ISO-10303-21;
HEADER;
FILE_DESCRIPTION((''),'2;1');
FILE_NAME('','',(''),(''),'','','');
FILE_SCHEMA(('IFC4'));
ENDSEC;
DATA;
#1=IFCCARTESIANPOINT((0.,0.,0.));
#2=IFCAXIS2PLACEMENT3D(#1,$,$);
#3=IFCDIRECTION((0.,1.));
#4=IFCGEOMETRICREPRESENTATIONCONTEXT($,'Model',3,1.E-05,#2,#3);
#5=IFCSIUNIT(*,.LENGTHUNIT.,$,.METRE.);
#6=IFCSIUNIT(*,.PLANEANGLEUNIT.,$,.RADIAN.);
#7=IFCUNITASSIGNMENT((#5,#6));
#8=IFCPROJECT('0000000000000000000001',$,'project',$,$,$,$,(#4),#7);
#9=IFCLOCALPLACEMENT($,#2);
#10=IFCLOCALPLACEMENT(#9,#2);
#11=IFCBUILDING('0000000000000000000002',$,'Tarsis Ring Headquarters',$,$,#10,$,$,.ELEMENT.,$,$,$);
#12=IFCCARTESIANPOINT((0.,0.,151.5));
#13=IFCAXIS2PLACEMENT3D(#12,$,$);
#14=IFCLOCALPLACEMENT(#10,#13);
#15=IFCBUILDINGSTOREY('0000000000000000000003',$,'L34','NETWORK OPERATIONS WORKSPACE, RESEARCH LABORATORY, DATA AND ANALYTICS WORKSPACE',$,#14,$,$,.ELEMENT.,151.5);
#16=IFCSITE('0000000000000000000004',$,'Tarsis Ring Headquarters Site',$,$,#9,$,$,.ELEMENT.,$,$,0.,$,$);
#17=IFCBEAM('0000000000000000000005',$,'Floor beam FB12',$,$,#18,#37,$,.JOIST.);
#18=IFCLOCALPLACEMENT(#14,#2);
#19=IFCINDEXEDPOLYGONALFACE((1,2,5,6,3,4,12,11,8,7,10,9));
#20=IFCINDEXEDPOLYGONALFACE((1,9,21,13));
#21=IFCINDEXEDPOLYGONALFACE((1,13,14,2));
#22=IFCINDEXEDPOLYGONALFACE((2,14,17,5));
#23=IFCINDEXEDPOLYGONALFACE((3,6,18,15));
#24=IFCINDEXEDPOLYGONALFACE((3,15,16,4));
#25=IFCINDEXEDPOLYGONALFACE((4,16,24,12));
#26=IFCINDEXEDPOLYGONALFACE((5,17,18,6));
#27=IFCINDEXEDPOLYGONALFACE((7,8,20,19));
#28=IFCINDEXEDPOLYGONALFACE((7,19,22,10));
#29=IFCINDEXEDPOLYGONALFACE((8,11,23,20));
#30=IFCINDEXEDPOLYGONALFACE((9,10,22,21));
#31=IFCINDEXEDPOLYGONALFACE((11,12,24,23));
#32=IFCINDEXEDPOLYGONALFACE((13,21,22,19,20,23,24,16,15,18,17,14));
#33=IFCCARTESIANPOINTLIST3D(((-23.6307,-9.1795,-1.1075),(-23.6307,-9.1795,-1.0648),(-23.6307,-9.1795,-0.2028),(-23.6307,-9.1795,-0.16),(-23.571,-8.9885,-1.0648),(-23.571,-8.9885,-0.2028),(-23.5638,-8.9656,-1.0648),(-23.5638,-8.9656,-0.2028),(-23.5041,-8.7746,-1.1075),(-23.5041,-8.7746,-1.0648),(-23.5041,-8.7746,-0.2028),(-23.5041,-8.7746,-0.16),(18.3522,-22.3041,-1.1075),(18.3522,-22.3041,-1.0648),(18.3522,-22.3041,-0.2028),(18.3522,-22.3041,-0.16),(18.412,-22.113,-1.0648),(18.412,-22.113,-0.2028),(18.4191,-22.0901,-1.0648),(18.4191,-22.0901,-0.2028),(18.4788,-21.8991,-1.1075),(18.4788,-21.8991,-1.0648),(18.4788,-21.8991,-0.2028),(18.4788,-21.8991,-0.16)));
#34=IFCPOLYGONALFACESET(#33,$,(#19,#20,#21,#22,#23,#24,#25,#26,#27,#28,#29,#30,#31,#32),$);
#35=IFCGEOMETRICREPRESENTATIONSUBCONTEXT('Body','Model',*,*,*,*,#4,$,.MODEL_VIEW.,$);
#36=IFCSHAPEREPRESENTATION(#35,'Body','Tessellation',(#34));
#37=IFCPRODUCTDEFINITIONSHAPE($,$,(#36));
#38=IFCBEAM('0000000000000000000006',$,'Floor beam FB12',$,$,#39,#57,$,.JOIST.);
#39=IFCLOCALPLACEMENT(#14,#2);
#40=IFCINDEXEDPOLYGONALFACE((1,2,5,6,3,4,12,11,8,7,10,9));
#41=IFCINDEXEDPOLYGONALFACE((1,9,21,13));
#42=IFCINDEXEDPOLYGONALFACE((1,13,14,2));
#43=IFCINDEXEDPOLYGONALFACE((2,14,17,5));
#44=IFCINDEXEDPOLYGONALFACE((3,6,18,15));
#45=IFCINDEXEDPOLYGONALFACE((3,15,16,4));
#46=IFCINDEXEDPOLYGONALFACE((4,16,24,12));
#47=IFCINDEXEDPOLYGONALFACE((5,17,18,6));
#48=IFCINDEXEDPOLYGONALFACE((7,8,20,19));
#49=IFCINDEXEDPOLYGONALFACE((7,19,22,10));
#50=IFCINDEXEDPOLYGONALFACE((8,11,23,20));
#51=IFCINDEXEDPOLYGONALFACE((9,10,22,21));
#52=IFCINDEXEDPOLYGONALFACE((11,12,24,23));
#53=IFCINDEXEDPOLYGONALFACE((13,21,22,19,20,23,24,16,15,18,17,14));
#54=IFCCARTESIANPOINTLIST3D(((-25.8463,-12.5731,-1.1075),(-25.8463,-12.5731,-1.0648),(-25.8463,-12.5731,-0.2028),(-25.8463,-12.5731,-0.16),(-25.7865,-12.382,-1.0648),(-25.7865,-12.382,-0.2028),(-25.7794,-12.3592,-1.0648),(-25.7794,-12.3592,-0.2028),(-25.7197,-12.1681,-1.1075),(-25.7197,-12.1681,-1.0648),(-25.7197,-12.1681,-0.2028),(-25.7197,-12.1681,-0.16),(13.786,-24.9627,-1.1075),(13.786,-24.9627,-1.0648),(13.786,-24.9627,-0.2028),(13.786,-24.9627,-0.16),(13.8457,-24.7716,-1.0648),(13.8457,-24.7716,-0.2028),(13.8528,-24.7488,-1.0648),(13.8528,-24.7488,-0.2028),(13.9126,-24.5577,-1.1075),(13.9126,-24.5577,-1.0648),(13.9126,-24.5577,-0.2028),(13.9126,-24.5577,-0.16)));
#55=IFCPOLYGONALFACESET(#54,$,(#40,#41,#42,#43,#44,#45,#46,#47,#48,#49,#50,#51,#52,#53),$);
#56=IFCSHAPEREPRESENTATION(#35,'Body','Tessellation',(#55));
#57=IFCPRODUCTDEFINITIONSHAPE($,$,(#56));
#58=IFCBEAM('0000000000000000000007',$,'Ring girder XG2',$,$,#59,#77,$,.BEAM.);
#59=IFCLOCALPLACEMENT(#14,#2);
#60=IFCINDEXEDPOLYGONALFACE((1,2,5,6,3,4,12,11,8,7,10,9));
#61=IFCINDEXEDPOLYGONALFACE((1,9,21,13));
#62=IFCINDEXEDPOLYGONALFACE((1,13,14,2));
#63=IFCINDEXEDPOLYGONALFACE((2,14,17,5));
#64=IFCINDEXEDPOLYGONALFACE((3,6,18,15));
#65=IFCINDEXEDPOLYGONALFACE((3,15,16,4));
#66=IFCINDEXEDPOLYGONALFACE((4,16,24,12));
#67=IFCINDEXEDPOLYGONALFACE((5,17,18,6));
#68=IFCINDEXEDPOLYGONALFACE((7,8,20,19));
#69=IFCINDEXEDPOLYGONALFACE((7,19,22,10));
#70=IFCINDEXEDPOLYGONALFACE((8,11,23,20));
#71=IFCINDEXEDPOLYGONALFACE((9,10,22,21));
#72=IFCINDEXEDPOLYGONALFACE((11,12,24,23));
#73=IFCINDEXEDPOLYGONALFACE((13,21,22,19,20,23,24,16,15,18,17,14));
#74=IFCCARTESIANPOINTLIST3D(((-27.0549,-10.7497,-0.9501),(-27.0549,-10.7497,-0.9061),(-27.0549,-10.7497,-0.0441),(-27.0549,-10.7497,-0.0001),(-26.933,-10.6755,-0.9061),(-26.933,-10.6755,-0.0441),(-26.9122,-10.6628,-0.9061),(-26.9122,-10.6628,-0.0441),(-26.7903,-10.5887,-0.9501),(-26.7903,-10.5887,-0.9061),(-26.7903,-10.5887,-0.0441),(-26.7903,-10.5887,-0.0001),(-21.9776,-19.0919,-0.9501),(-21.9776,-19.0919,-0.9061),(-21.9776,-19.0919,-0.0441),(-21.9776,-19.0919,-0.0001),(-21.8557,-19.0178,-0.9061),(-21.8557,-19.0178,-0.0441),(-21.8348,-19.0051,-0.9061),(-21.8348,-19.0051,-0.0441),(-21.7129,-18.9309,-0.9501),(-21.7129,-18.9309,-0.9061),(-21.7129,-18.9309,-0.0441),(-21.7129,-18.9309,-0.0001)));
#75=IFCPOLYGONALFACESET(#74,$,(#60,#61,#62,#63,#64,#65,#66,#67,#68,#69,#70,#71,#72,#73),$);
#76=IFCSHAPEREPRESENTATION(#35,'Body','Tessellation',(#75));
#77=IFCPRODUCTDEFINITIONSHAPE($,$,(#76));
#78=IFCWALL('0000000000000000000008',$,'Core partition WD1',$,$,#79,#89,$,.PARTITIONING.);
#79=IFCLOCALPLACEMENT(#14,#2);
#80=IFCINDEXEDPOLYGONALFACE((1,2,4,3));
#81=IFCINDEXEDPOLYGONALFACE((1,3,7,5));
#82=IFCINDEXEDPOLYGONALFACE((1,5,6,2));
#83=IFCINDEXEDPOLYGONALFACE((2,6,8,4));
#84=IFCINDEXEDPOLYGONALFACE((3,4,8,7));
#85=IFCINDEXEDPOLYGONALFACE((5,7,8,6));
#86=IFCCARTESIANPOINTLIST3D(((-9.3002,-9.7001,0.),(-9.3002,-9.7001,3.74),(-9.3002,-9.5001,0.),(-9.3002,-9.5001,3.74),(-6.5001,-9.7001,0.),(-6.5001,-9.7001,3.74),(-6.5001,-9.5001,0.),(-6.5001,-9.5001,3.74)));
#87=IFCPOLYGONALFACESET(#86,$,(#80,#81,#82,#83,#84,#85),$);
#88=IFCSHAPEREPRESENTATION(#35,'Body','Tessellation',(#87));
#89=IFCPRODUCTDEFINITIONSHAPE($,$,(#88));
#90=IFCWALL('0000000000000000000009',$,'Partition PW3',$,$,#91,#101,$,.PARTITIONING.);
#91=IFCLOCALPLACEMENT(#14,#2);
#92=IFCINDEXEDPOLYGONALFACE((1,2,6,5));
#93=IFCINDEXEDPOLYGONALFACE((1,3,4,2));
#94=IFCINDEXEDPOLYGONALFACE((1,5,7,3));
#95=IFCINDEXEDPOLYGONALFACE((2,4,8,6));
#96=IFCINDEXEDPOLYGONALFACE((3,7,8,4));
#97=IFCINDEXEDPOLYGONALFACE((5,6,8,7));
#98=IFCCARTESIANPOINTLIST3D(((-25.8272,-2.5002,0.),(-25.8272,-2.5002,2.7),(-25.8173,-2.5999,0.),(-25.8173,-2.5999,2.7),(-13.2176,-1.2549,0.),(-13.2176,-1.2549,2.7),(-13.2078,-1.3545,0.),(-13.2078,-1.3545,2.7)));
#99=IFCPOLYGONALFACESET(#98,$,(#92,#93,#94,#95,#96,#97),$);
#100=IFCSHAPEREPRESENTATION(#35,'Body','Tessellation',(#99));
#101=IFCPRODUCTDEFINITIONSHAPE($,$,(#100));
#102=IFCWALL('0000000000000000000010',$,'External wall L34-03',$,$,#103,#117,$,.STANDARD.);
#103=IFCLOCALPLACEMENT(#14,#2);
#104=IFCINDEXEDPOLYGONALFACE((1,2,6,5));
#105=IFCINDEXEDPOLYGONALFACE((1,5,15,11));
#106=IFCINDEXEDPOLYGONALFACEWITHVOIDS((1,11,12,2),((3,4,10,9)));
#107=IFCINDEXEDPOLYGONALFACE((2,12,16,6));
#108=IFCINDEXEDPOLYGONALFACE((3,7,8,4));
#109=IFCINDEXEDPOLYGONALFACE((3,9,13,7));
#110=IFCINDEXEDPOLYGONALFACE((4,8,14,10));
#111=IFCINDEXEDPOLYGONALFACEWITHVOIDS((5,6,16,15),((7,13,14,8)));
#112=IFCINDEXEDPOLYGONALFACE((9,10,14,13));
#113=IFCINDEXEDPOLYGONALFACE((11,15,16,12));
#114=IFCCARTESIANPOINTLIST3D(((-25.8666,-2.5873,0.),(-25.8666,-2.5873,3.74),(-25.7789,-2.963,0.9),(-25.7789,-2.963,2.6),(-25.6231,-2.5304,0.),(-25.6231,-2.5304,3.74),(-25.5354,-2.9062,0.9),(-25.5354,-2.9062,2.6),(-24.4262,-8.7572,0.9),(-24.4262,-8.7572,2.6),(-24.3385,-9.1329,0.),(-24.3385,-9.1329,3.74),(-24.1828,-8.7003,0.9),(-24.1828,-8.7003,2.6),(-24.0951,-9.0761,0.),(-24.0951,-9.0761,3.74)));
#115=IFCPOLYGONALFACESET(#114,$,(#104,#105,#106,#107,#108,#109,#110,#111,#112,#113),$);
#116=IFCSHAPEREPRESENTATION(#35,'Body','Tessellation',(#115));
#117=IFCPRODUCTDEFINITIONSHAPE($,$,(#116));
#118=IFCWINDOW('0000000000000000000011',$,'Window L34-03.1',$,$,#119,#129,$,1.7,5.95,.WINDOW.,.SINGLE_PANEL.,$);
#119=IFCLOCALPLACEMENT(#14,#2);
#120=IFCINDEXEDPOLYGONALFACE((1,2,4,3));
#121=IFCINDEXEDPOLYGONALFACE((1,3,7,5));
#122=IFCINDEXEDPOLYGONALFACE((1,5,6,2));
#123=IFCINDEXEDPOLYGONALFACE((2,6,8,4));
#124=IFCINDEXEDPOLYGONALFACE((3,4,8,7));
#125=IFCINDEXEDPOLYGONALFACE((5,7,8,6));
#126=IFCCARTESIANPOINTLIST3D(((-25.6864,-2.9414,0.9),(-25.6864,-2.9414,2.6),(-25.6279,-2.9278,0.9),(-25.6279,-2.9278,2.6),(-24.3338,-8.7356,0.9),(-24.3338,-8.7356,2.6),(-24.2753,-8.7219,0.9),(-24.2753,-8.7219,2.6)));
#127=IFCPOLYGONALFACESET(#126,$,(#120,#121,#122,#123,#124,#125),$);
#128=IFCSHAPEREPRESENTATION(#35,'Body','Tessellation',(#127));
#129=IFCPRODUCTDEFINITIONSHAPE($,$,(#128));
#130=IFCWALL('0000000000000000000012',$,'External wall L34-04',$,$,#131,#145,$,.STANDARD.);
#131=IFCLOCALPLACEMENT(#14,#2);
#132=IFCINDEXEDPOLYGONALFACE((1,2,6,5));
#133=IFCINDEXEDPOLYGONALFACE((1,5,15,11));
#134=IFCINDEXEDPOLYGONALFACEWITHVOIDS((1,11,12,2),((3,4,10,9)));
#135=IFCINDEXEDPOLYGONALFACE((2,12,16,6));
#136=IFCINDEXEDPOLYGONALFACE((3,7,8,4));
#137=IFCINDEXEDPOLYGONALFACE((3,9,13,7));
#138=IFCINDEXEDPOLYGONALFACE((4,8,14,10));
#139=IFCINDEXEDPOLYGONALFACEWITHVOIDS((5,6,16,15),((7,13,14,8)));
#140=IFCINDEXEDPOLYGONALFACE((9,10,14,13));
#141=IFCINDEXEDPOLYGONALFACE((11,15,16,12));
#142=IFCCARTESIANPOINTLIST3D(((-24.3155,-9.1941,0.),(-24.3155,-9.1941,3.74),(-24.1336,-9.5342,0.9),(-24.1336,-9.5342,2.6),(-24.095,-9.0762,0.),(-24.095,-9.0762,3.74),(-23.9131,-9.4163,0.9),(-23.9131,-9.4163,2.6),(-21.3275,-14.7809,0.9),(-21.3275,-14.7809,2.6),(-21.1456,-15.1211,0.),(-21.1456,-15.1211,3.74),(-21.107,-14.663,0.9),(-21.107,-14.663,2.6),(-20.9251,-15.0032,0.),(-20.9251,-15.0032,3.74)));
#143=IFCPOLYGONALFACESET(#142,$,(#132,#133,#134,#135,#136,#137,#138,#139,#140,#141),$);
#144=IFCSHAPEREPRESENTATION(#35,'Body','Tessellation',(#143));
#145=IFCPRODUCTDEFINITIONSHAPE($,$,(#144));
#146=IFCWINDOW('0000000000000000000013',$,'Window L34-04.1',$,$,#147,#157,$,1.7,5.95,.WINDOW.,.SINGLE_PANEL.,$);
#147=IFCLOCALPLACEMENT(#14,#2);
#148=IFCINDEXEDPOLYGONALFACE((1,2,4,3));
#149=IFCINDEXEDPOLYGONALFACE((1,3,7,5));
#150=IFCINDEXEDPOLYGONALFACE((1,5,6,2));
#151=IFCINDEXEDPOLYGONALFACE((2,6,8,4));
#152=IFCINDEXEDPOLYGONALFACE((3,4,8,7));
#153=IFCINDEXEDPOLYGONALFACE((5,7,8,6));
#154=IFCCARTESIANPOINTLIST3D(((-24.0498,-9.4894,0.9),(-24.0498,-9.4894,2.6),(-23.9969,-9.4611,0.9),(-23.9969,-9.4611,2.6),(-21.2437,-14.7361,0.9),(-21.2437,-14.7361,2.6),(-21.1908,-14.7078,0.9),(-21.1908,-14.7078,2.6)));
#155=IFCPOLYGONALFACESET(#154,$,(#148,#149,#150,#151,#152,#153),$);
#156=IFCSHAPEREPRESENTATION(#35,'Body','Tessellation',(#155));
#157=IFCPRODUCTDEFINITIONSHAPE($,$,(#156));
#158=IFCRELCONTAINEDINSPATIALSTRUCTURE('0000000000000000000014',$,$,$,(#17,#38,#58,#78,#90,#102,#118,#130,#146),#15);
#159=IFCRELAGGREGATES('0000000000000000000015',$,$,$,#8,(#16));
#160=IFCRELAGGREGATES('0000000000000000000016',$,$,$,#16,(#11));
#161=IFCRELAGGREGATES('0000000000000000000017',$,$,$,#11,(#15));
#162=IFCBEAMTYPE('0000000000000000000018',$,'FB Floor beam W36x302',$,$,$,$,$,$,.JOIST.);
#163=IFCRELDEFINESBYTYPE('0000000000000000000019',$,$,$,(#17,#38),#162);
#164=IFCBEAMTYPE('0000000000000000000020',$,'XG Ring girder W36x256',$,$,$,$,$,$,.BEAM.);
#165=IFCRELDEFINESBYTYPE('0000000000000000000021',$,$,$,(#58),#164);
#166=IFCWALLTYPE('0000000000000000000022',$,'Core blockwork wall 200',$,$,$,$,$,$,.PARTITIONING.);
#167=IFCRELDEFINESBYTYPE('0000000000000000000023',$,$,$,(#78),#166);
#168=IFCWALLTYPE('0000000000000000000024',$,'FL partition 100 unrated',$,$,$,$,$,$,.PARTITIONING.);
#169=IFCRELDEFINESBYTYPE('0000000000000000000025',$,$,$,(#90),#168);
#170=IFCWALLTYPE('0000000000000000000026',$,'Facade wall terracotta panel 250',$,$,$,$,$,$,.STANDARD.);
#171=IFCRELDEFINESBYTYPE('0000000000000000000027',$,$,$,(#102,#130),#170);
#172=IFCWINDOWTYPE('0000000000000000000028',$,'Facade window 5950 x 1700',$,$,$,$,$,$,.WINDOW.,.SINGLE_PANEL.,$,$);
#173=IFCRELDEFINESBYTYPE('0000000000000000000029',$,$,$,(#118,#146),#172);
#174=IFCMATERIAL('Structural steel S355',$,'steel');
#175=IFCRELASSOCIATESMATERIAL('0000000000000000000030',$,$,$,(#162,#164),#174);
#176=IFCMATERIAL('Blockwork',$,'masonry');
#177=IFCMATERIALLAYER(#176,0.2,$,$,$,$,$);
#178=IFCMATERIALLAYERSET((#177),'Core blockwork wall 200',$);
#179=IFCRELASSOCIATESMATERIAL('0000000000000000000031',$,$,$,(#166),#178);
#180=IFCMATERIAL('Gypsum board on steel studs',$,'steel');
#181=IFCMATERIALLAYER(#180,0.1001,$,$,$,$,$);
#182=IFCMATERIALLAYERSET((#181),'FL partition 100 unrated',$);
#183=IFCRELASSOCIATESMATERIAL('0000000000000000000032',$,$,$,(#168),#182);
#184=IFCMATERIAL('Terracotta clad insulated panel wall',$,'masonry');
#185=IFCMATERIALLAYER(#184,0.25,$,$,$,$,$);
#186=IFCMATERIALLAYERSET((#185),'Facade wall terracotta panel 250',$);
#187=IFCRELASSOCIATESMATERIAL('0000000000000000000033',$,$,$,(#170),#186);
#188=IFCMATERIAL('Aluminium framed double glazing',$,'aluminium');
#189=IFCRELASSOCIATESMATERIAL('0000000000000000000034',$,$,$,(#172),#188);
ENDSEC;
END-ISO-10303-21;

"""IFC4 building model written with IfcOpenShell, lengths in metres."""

from ifc_helpers import new_model, si_unit, direction, frame, frame_2d, origin, origin_2d, place, context, subcontext, project, spatial, rectangle, i_section, extrude, material, layer, layer_set, material_profile, profile_set, type_object, element, fill, save


model = new_model("IFC4")

# Units and contexts
model_context = context("Model", 3, precision=1e-05, world=origin(), true_north=direction((0.0, 1.0)))
body_context = subcontext(model_context, "Body", "Model", "MODEL_VIEW")
ifc_project = project(units=[si_unit("LENGTHUNIT", "METRE"), si_unit("PLANEANGLEUNIT", "RADIAN")], contexts=[model_context])

# Site, building, storey
site_placement = place(None, origin())
site = spatial("IfcSite", under=ifc_project, at=site_placement, Name="Tarsis Ring Headquarters Site", CompositionType="ELEMENT", RefElevation=0.0)
building_placement = place(site_placement, origin())
building = spatial("IfcBuilding", under=site, at=building_placement, Name="Tarsis Ring Headquarters", CompositionType="ELEMENT")
storey_placement = place(building_placement, frame((0.0, 0.0, 151.5)))
storey = spatial("IfcBuildingStorey", under=building, at=storey_placement, Name="L34", Description="NETWORK OPERATIONS WORKSPACE, RESEARCH LABORATORY, DATA AND ANALYTICS WORKSPACE", CompositionType="ELEMENT", Elevation=151.5)

# Shared definitions
ifc_material_1 = material(Name="Structural steel S355", Category="steel")

# Beams
ifc_material_profile_1 = material_profile(ifc_material_1, i_section(OverallWidth=0.3098, OverallDepth=0.95, WebThickness=0.0244, FlangeThickness=0.0439, at=origin_2d()), Name="W36x256")
ifc_profile_set_1 = profile_set([ifc_material_profile_1], Name="Structural steel S355")
ifc_material_profile_2 = material_profile(ifc_material_1, i_section(OverallWidth=0.4243, OverallDepth=0.9475, WebThickness=0.0239, FlangeThickness=0.0427, at=origin_2d()), Name="W36x302")
ifc_profile_set_2 = profile_set([ifc_material_profile_2], Name="Structural steel S355")
beam_type_1 = type_object("IfcBeamType", Name="FB Floor beam W36x302", PredefinedType="JOIST", material=ifc_profile_set_2)
beam_1_placement = place(storey_placement, frame((-23.5674, -8.9771, -0.6338), z_axis=(0.954449, -0.298375, 0.0), x_axis=(0.298375, 0.954449, 0.0)))
element("IfcBeam", 1, at=beam_1_placement, inside=storey, type_object=beam_type_1, Name="Floor beam FB12", PredefinedType="JOIST", context=body_context, shape_type="SweptSolid", body=[
    extrude(i_section(OverallWidth=0.4243, OverallDepth=0.9475, WebThickness=0.0239, FlangeThickness=0.0427, at=origin_2d()), origin(), (0.0, 0.0, 1.0), 43.9866),
])
beam_2_placement = place(storey_placement, frame((-25.783, -12.3706, -0.6338), z_axis=(0.954449, -0.298375, 0.0), x_axis=(0.298375, 0.954449, 0.0)))
element("IfcBeam", 2, at=beam_2_placement, inside=storey, type_object=beam_type_1, Name="Floor beam FB12", PredefinedType="JOIST", context=body_context, shape_type="SweptSolid", body=[
    extrude(i_section(OverallWidth=0.4243, OverallDepth=0.9475, WebThickness=0.0239, FlangeThickness=0.0427, at=origin_2d()), origin(), (0.0, 0.0, 1.0), 41.5237),
])
beam_type_2 = type_object("IfcBeamType", Name="XG Ring girder W36x256", PredefinedType="BEAM", material=ifc_profile_set_1)
beam_3_placement = place(storey_placement, frame((-26.9226, -10.6692, -0.4751), z_axis=(0.519908, -0.854222, 0.0), x_axis=(0.854222, 0.519908, 0.0)))
element("IfcBeam", 3, at=beam_3_placement, inside=storey, type_object=beam_type_2, Name="Ring girder XG2", PredefinedType="BEAM", context=body_context, shape_type="SweptSolid", body=[
    extrude(i_section(OverallWidth=0.3098, OverallDepth=0.95, WebThickness=0.0244, FlangeThickness=0.0439, at=origin_2d()), origin(), (0.0, 0.0, 1.0), 9.7659),
])

# Walls
ifc_material_2 = material(Name="Blockwork", Category="masonry")
ifc_layer_1 = layer(ifc_material_2, 0.2)
ifc_layer_set_1 = layer_set([ifc_layer_1], Name="Core blockwork wall 200")
wall_type_1 = type_object("IfcWallType", Name="Core blockwork wall 200", PredefinedType="PARTITIONING", material=ifc_layer_set_1)
wall_1_placement = place(storey_placement, frame((-9.3, -9.6001, 0.0), z_axis=(0.0, 0.0, 1.0), x_axis=(1.0, 0.0, 0.0)))
element("IfcWall", 4, at=wall_1_placement, inside=storey, type_object=wall_type_1, Name="Core partition WD1", PredefinedType="PARTITIONING", context=body_context, shape_type="SweptSolid", body=[
    extrude(rectangle(XDim=2.8, YDim=0.2, at=frame_2d((1.3999, 0.0))), origin(), (0.0, 0.0, 1.0), 3.74),
])
ifc_material_3 = material(Name="Gypsum board on steel studs", Category="steel")
ifc_layer_2 = layer(ifc_material_3, 0.1001)
ifc_layer_set_2 = layer_set([ifc_layer_2], Name="FL partition 100 unrated")
wall_type_2 = type_object("IfcWallType", Name="FL partition 100 unrated", PredefinedType="PARTITIONING", material=ifc_layer_set_2)
wall_2_placement = place(storey_placement, frame((-25.8223, -2.55, 0.0), z_axis=(0.0, 0.0, 1.0), x_axis=(0.995158, 0.098285, 0.0)))
element("IfcWall", 5, at=wall_2_placement, inside=storey, type_object=wall_type_2, Name="Partition PW3", PredefinedType="PARTITIONING", context=body_context, shape_type="SweptSolid", body=[
    extrude(rectangle(XDim=12.6709, YDim=0.1001, at=frame_2d((6.3354, 0.0))), origin(), (0.0, 0.0, 1.0), 2.7),
])

# Walls, openings, windows
ifc_material_4 = material(Name="Terracotta clad insulated panel wall", Category="masonry")
ifc_layer_3 = layer(ifc_material_4, 0.25)
ifc_layer_set_3 = layer_set([ifc_layer_3], Name="Facade wall terracotta panel 250")
wall_type_3 = type_object("IfcWallType", Name="Facade wall terracotta panel 250", PredefinedType="STANDARD", material=ifc_layer_set_3)
wall_3_placement = place(storey_placement, frame((-25.7449, -2.5588, 0.0), z_axis=(0.0, 0.0, 1.0), x_axis=(0.227336, -0.973816, 0.0)))
wall_3 = element("IfcWall", 6, at=wall_3_placement, inside=storey, type_object=wall_type_3, Name="External wall L34-03", PredefinedType="STANDARD", context=body_context, shape_type="SweptSolid", body=[
    extrude(rectangle(XDim=6.7217, YDim=0.25, at=frame_2d((3.3608, 0.0))), origin(), (0.0, 0.0, 1.0), 3.74),
])
opening_1_placement = place(wall_3_placement, frame((0.3857, 0.0, 0.8999)))
opening_1 = element("IfcOpeningElement", 7, at=opening_1_placement, cuts=wall_3, PredefinedType="OPENING", context=body_context, shape_type="SweptSolid", body=[
    extrude(rectangle(XDim=5.95, YDim=1.7, at=frame_2d((2.9751, 0.8501))), frame((0.0, 0.135, 0.0), z_axis=(0.0, -1.0, 0.0), x_axis=(1.0, 0.0, 0.0)), (0.0, 0.0, 1.0), 0.27),
])
ifc_material_5 = material(Name="Aluminium framed double glazing", Category="aluminium")
window_type = type_object("IfcWindowType", Name="Facade window 5950 x 1700", PartitioningType="SINGLE_PANEL", PredefinedType="WINDOW", material=ifc_material_5)
window_1_placement = place(opening_1_placement, origin())
window_1 = element("IfcWindow", 8, at=window_1_placement, inside=storey, type_object=window_type, Name="Window L34-03.1", OverallHeight=1.7, OverallWidth=5.95, PartitioningType="SINGLE_PANEL", PredefinedType="WINDOW", context=body_context, shape_type="SweptSolid", body=[
    extrude(rectangle(XDim=5.95, YDim=1.7, at=frame_2d((2.9751, 0.8501))), frame((0.0, 0.03, 0.0), z_axis=(0.0, -1.0, 0.0), x_axis=(1.0, 0.0, 0.0)), (0.0, 0.0, 1.0), 0.0601),
])
fill(opening_1, window_1)
wall_4_placement = place(storey_placement, frame((-24.2053, -9.135, 0.0), z_axis=(0.0, 0.0, 1.0), x_axis=(0.471613, -0.881805, 0.0)))
wall_4 = element("IfcWall", 9, at=wall_4_placement, inside=storey, type_object=wall_type_3, Name="External wall L34-04", PredefinedType="STANDARD", context=body_context, shape_type="SweptSolid", body=[
    extrude(rectangle(XDim=6.7214, YDim=0.25, at=frame_2d((3.3608, 0.0))), origin(), (0.0, 0.0, 1.0), 3.74),
])
opening_2_placement = place(wall_4_placement, frame((0.3857, 0.0, 0.8999)))
opening_2 = element("IfcOpeningElement", 10, at=opening_2_placement, cuts=wall_4, PredefinedType="OPENING", context=body_context, shape_type="SweptSolid", body=[
    extrude(rectangle(XDim=5.95, YDim=1.7, at=frame_2d((2.9751, 0.8501))), frame((0.0, 0.135, 0.0), z_axis=(0.0, -1.0, 0.0), x_axis=(1.0, 0.0, 0.0)), (0.0, 0.0, 1.0), 0.27),
])
window_2_placement = place(opening_2_placement, origin())
window_2 = element("IfcWindow", 11, at=window_2_placement, inside=storey, type_object=window_type, Name="Window L34-04.1", OverallHeight=1.7, OverallWidth=5.95, PartitioningType="SINGLE_PANEL", PredefinedType="WINDOW", context=body_context, shape_type="SweptSolid", body=[
    extrude(rectangle(XDim=5.95, YDim=1.7, at=frame_2d((2.9751, 0.8501))), frame((0.0, 0.03, 0.0), z_axis=(0.0, -1.0, 0.0), x_axis=(1.0, 0.0, 0.0)), (0.0, 0.0, 1.0), 0.0601),
])
fill(opening_2, window_2)

save(model, "model.ifc")
